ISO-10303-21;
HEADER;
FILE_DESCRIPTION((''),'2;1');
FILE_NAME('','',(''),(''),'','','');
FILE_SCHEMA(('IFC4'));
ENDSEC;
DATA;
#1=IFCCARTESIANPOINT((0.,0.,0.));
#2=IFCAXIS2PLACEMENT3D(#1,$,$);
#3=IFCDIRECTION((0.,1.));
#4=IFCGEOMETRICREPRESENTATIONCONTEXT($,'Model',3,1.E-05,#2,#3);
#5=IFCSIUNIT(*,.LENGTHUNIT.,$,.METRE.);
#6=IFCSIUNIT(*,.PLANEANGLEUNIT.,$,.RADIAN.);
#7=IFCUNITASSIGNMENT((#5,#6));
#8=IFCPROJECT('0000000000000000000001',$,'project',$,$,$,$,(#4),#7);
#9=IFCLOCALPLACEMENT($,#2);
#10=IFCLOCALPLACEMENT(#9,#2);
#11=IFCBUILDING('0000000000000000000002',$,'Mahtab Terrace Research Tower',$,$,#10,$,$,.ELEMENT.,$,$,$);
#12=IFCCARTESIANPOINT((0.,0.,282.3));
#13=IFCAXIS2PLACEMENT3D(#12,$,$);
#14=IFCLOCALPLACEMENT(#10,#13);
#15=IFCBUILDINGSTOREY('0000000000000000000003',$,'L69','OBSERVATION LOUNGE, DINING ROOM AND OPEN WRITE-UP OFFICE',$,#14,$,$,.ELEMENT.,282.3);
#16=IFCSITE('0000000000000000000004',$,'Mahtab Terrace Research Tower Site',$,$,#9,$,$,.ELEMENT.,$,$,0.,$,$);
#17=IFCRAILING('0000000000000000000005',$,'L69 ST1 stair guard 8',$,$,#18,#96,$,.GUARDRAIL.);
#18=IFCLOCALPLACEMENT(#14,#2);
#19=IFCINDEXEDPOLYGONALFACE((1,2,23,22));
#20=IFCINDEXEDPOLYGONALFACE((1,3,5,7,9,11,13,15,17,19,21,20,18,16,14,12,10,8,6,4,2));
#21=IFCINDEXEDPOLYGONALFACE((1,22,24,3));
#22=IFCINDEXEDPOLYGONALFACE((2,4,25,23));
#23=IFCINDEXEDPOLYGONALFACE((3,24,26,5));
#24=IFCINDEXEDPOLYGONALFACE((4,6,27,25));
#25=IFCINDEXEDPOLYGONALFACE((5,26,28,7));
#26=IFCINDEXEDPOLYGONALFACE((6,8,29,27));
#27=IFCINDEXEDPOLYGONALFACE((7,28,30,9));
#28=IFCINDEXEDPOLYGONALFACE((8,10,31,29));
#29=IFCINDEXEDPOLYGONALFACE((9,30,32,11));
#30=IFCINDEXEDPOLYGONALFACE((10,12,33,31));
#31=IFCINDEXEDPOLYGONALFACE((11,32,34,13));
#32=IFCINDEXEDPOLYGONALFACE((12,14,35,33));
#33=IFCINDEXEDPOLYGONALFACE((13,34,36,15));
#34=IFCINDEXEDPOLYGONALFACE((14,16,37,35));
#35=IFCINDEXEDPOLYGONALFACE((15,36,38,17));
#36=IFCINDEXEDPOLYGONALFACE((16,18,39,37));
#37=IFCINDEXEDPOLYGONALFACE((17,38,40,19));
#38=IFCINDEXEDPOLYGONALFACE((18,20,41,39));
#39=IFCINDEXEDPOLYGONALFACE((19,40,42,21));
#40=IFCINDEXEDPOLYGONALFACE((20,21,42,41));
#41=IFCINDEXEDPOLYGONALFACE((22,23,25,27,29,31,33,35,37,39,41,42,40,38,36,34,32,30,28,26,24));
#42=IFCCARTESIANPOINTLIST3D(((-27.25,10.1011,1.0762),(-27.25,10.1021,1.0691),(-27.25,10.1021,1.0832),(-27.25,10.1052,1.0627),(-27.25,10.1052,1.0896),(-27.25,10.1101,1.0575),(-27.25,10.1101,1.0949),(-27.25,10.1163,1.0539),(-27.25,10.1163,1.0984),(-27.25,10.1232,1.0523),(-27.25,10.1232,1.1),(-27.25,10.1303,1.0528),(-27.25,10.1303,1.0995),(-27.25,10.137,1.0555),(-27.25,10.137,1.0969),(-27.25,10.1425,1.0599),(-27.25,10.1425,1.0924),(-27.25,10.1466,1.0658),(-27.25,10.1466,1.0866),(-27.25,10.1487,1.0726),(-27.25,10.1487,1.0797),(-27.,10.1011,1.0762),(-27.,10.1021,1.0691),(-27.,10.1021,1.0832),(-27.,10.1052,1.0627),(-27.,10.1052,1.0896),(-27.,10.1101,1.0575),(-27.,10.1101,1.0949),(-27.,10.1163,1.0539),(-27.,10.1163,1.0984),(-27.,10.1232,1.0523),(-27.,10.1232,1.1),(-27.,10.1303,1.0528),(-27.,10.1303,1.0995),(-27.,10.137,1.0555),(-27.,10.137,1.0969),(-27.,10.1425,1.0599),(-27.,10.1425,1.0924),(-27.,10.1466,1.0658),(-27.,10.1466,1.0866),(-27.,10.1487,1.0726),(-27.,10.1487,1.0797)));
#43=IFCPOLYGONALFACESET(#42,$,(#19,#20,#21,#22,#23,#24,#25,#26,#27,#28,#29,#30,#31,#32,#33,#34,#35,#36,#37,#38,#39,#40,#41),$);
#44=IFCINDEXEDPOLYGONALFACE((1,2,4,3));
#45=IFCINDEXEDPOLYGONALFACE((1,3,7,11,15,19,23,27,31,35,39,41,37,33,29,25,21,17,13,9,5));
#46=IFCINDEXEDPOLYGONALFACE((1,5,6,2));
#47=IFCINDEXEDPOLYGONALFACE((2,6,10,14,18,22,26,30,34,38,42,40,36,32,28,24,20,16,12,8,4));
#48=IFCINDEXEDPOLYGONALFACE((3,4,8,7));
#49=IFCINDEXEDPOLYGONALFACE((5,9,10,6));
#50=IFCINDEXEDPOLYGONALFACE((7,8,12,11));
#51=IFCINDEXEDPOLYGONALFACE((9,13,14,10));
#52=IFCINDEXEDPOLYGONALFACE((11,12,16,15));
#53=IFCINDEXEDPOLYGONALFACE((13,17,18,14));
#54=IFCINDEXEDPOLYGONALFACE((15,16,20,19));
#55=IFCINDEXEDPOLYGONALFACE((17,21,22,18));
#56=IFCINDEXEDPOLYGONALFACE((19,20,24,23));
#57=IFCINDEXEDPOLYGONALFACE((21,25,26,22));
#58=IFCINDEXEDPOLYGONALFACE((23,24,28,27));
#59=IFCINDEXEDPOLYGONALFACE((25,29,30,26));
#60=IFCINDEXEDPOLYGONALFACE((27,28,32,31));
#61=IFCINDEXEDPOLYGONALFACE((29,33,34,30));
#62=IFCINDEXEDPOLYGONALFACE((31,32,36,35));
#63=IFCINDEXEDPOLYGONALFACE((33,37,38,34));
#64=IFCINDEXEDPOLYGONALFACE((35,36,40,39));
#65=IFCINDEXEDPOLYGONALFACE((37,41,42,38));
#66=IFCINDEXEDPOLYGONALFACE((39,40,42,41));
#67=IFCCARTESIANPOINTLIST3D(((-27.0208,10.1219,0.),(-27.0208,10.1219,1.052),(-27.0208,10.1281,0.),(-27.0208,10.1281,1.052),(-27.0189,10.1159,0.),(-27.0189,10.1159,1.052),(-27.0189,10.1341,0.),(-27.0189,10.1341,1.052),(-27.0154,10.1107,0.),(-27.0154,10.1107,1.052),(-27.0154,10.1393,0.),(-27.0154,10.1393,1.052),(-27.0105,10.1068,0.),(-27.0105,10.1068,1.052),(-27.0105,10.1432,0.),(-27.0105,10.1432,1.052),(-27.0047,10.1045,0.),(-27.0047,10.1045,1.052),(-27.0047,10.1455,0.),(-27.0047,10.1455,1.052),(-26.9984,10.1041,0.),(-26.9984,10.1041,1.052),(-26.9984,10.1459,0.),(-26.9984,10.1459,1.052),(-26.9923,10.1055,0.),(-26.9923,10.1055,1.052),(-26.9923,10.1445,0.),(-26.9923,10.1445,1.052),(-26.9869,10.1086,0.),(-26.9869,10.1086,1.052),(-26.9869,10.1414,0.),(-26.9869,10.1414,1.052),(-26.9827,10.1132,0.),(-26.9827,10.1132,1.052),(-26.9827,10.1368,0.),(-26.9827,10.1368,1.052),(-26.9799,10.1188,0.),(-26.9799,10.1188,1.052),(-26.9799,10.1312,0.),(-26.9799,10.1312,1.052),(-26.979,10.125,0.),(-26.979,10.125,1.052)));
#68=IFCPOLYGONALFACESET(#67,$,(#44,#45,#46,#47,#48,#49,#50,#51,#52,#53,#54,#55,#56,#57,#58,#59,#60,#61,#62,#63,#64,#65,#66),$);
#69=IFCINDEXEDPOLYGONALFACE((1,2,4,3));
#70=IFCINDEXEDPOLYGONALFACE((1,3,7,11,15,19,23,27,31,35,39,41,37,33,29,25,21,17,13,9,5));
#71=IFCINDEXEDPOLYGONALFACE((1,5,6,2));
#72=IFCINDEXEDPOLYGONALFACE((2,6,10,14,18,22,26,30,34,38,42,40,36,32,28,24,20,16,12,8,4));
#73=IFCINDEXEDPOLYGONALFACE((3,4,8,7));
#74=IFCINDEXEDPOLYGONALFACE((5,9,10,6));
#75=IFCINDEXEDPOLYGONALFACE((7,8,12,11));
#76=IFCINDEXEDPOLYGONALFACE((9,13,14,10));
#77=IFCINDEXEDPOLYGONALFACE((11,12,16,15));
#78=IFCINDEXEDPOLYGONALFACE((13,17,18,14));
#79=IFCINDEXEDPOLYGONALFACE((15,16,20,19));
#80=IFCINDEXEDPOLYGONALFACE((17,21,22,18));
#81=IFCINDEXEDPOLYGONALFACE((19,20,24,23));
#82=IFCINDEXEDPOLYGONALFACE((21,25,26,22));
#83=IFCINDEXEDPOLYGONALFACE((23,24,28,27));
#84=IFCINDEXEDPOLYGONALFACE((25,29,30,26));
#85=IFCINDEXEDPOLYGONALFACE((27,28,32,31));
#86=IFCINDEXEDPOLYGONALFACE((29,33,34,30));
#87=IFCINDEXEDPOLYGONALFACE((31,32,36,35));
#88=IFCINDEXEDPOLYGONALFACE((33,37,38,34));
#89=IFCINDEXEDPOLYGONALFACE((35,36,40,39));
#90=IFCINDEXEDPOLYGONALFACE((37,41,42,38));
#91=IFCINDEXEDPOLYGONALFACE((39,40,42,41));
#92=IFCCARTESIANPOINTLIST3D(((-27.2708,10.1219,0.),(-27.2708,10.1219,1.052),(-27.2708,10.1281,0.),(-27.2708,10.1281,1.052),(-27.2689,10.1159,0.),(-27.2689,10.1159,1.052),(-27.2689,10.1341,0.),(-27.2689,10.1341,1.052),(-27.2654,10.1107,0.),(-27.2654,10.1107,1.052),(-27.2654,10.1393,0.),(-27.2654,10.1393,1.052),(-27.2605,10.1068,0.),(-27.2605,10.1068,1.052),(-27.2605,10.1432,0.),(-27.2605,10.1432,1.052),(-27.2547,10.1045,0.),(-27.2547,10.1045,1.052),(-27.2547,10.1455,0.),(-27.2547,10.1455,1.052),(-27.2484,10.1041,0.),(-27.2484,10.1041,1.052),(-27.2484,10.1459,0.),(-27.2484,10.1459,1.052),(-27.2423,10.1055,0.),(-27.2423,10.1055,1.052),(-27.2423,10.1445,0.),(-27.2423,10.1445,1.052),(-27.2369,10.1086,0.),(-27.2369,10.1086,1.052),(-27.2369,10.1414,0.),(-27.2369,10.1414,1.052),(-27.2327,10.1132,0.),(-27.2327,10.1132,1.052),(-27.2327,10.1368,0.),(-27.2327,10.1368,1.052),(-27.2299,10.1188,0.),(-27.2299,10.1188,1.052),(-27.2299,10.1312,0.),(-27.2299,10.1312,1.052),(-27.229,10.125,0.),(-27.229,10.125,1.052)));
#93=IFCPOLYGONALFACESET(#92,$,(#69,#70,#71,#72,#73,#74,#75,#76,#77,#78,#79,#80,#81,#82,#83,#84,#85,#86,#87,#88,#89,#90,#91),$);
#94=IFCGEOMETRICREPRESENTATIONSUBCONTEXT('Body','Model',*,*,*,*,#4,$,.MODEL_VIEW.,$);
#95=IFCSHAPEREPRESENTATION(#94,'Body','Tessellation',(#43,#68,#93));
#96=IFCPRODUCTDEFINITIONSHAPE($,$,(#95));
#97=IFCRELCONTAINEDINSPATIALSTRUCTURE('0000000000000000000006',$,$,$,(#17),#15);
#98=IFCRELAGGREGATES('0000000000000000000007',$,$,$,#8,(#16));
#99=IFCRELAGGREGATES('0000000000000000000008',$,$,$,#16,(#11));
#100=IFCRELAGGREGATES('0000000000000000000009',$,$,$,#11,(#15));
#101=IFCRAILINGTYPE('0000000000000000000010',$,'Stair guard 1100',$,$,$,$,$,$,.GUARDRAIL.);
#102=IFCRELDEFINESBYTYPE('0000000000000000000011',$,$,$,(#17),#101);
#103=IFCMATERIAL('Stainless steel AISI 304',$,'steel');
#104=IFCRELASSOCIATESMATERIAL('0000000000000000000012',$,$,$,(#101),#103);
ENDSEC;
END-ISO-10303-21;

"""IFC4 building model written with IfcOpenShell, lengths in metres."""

from ifc_helpers import new_model, si_unit, direction, frame, origin, origin_2d, place, context, subcontext, project, spatial, circle, extrude, material, type_object, element, save


model = new_model("IFC4")

# Units and contexts
model_context = context("Model", 3, precision=1e-05, world=origin(), true_north=direction((0.0, 1.0)))
body_context = subcontext(model_context, "Body", "Model", "MODEL_VIEW")
ifc_project = project(units=[si_unit("LENGTHUNIT", "METRE"), si_unit("PLANEANGLEUNIT", "RADIAN")], contexts=[model_context])

# Site, building, storey
site_placement = place(None, origin())
site = spatial("IfcSite", under=ifc_project, at=site_placement, Name="Mahtab Terrace Research Tower Site", CompositionType="ELEMENT", RefElevation=0.0)
building_placement = place(site_placement, origin())
building = spatial("IfcBuilding", under=site, at=building_placement, Name="Mahtab Terrace Research Tower", CompositionType="ELEMENT")
storey_placement = place(building_placement, frame((0.0, 0.0, 282.3)))
storey = spatial("IfcBuildingStorey", under=building, at=storey_placement, Name="L69", Description="OBSERVATION LOUNGE, DINING ROOM AND OPEN WRITE-UP OFFICE", CompositionType="ELEMENT", Elevation=282.3)

# Railing
ifc_material_1 = material(Name="Stainless steel AISI 304", Category="steel")
railing_type_1 = type_object("IfcRailingType", Name="Stair guard 1100", PredefinedType="GUARDRAIL", material=ifc_material_1)
railing_1_placement = place(storey_placement, frame((-27.0, 10.125, 0.0)))
element("IfcRailing", 1, at=railing_1_placement, inside=storey, type_object=railing_type_1, Name="L69 ST1 stair guard 8", PredefinedType="GUARDRAIL", context=body_context, shape_type="SweptSolid", body=[
    extrude(circle(Radius=0.0239, at=origin_2d()), frame((0.0, 0.0, 1.0762), z_axis=(-1.0, 0.0, 0.0), x_axis=(0.0, -1.0, 0.0)), (0.0, 0.0, 1.0), 0.25),
    extrude(circle(Radius=0.021, at=origin_2d()), origin(), (0.0, 0.0, 1.0), 1.052),
    extrude(circle(Radius=0.021, at=origin_2d()), frame((-0.25, 0.0, 0.0)), (0.0, 0.0, 1.0), 1.052),
])

save(model, "model.ifc")
